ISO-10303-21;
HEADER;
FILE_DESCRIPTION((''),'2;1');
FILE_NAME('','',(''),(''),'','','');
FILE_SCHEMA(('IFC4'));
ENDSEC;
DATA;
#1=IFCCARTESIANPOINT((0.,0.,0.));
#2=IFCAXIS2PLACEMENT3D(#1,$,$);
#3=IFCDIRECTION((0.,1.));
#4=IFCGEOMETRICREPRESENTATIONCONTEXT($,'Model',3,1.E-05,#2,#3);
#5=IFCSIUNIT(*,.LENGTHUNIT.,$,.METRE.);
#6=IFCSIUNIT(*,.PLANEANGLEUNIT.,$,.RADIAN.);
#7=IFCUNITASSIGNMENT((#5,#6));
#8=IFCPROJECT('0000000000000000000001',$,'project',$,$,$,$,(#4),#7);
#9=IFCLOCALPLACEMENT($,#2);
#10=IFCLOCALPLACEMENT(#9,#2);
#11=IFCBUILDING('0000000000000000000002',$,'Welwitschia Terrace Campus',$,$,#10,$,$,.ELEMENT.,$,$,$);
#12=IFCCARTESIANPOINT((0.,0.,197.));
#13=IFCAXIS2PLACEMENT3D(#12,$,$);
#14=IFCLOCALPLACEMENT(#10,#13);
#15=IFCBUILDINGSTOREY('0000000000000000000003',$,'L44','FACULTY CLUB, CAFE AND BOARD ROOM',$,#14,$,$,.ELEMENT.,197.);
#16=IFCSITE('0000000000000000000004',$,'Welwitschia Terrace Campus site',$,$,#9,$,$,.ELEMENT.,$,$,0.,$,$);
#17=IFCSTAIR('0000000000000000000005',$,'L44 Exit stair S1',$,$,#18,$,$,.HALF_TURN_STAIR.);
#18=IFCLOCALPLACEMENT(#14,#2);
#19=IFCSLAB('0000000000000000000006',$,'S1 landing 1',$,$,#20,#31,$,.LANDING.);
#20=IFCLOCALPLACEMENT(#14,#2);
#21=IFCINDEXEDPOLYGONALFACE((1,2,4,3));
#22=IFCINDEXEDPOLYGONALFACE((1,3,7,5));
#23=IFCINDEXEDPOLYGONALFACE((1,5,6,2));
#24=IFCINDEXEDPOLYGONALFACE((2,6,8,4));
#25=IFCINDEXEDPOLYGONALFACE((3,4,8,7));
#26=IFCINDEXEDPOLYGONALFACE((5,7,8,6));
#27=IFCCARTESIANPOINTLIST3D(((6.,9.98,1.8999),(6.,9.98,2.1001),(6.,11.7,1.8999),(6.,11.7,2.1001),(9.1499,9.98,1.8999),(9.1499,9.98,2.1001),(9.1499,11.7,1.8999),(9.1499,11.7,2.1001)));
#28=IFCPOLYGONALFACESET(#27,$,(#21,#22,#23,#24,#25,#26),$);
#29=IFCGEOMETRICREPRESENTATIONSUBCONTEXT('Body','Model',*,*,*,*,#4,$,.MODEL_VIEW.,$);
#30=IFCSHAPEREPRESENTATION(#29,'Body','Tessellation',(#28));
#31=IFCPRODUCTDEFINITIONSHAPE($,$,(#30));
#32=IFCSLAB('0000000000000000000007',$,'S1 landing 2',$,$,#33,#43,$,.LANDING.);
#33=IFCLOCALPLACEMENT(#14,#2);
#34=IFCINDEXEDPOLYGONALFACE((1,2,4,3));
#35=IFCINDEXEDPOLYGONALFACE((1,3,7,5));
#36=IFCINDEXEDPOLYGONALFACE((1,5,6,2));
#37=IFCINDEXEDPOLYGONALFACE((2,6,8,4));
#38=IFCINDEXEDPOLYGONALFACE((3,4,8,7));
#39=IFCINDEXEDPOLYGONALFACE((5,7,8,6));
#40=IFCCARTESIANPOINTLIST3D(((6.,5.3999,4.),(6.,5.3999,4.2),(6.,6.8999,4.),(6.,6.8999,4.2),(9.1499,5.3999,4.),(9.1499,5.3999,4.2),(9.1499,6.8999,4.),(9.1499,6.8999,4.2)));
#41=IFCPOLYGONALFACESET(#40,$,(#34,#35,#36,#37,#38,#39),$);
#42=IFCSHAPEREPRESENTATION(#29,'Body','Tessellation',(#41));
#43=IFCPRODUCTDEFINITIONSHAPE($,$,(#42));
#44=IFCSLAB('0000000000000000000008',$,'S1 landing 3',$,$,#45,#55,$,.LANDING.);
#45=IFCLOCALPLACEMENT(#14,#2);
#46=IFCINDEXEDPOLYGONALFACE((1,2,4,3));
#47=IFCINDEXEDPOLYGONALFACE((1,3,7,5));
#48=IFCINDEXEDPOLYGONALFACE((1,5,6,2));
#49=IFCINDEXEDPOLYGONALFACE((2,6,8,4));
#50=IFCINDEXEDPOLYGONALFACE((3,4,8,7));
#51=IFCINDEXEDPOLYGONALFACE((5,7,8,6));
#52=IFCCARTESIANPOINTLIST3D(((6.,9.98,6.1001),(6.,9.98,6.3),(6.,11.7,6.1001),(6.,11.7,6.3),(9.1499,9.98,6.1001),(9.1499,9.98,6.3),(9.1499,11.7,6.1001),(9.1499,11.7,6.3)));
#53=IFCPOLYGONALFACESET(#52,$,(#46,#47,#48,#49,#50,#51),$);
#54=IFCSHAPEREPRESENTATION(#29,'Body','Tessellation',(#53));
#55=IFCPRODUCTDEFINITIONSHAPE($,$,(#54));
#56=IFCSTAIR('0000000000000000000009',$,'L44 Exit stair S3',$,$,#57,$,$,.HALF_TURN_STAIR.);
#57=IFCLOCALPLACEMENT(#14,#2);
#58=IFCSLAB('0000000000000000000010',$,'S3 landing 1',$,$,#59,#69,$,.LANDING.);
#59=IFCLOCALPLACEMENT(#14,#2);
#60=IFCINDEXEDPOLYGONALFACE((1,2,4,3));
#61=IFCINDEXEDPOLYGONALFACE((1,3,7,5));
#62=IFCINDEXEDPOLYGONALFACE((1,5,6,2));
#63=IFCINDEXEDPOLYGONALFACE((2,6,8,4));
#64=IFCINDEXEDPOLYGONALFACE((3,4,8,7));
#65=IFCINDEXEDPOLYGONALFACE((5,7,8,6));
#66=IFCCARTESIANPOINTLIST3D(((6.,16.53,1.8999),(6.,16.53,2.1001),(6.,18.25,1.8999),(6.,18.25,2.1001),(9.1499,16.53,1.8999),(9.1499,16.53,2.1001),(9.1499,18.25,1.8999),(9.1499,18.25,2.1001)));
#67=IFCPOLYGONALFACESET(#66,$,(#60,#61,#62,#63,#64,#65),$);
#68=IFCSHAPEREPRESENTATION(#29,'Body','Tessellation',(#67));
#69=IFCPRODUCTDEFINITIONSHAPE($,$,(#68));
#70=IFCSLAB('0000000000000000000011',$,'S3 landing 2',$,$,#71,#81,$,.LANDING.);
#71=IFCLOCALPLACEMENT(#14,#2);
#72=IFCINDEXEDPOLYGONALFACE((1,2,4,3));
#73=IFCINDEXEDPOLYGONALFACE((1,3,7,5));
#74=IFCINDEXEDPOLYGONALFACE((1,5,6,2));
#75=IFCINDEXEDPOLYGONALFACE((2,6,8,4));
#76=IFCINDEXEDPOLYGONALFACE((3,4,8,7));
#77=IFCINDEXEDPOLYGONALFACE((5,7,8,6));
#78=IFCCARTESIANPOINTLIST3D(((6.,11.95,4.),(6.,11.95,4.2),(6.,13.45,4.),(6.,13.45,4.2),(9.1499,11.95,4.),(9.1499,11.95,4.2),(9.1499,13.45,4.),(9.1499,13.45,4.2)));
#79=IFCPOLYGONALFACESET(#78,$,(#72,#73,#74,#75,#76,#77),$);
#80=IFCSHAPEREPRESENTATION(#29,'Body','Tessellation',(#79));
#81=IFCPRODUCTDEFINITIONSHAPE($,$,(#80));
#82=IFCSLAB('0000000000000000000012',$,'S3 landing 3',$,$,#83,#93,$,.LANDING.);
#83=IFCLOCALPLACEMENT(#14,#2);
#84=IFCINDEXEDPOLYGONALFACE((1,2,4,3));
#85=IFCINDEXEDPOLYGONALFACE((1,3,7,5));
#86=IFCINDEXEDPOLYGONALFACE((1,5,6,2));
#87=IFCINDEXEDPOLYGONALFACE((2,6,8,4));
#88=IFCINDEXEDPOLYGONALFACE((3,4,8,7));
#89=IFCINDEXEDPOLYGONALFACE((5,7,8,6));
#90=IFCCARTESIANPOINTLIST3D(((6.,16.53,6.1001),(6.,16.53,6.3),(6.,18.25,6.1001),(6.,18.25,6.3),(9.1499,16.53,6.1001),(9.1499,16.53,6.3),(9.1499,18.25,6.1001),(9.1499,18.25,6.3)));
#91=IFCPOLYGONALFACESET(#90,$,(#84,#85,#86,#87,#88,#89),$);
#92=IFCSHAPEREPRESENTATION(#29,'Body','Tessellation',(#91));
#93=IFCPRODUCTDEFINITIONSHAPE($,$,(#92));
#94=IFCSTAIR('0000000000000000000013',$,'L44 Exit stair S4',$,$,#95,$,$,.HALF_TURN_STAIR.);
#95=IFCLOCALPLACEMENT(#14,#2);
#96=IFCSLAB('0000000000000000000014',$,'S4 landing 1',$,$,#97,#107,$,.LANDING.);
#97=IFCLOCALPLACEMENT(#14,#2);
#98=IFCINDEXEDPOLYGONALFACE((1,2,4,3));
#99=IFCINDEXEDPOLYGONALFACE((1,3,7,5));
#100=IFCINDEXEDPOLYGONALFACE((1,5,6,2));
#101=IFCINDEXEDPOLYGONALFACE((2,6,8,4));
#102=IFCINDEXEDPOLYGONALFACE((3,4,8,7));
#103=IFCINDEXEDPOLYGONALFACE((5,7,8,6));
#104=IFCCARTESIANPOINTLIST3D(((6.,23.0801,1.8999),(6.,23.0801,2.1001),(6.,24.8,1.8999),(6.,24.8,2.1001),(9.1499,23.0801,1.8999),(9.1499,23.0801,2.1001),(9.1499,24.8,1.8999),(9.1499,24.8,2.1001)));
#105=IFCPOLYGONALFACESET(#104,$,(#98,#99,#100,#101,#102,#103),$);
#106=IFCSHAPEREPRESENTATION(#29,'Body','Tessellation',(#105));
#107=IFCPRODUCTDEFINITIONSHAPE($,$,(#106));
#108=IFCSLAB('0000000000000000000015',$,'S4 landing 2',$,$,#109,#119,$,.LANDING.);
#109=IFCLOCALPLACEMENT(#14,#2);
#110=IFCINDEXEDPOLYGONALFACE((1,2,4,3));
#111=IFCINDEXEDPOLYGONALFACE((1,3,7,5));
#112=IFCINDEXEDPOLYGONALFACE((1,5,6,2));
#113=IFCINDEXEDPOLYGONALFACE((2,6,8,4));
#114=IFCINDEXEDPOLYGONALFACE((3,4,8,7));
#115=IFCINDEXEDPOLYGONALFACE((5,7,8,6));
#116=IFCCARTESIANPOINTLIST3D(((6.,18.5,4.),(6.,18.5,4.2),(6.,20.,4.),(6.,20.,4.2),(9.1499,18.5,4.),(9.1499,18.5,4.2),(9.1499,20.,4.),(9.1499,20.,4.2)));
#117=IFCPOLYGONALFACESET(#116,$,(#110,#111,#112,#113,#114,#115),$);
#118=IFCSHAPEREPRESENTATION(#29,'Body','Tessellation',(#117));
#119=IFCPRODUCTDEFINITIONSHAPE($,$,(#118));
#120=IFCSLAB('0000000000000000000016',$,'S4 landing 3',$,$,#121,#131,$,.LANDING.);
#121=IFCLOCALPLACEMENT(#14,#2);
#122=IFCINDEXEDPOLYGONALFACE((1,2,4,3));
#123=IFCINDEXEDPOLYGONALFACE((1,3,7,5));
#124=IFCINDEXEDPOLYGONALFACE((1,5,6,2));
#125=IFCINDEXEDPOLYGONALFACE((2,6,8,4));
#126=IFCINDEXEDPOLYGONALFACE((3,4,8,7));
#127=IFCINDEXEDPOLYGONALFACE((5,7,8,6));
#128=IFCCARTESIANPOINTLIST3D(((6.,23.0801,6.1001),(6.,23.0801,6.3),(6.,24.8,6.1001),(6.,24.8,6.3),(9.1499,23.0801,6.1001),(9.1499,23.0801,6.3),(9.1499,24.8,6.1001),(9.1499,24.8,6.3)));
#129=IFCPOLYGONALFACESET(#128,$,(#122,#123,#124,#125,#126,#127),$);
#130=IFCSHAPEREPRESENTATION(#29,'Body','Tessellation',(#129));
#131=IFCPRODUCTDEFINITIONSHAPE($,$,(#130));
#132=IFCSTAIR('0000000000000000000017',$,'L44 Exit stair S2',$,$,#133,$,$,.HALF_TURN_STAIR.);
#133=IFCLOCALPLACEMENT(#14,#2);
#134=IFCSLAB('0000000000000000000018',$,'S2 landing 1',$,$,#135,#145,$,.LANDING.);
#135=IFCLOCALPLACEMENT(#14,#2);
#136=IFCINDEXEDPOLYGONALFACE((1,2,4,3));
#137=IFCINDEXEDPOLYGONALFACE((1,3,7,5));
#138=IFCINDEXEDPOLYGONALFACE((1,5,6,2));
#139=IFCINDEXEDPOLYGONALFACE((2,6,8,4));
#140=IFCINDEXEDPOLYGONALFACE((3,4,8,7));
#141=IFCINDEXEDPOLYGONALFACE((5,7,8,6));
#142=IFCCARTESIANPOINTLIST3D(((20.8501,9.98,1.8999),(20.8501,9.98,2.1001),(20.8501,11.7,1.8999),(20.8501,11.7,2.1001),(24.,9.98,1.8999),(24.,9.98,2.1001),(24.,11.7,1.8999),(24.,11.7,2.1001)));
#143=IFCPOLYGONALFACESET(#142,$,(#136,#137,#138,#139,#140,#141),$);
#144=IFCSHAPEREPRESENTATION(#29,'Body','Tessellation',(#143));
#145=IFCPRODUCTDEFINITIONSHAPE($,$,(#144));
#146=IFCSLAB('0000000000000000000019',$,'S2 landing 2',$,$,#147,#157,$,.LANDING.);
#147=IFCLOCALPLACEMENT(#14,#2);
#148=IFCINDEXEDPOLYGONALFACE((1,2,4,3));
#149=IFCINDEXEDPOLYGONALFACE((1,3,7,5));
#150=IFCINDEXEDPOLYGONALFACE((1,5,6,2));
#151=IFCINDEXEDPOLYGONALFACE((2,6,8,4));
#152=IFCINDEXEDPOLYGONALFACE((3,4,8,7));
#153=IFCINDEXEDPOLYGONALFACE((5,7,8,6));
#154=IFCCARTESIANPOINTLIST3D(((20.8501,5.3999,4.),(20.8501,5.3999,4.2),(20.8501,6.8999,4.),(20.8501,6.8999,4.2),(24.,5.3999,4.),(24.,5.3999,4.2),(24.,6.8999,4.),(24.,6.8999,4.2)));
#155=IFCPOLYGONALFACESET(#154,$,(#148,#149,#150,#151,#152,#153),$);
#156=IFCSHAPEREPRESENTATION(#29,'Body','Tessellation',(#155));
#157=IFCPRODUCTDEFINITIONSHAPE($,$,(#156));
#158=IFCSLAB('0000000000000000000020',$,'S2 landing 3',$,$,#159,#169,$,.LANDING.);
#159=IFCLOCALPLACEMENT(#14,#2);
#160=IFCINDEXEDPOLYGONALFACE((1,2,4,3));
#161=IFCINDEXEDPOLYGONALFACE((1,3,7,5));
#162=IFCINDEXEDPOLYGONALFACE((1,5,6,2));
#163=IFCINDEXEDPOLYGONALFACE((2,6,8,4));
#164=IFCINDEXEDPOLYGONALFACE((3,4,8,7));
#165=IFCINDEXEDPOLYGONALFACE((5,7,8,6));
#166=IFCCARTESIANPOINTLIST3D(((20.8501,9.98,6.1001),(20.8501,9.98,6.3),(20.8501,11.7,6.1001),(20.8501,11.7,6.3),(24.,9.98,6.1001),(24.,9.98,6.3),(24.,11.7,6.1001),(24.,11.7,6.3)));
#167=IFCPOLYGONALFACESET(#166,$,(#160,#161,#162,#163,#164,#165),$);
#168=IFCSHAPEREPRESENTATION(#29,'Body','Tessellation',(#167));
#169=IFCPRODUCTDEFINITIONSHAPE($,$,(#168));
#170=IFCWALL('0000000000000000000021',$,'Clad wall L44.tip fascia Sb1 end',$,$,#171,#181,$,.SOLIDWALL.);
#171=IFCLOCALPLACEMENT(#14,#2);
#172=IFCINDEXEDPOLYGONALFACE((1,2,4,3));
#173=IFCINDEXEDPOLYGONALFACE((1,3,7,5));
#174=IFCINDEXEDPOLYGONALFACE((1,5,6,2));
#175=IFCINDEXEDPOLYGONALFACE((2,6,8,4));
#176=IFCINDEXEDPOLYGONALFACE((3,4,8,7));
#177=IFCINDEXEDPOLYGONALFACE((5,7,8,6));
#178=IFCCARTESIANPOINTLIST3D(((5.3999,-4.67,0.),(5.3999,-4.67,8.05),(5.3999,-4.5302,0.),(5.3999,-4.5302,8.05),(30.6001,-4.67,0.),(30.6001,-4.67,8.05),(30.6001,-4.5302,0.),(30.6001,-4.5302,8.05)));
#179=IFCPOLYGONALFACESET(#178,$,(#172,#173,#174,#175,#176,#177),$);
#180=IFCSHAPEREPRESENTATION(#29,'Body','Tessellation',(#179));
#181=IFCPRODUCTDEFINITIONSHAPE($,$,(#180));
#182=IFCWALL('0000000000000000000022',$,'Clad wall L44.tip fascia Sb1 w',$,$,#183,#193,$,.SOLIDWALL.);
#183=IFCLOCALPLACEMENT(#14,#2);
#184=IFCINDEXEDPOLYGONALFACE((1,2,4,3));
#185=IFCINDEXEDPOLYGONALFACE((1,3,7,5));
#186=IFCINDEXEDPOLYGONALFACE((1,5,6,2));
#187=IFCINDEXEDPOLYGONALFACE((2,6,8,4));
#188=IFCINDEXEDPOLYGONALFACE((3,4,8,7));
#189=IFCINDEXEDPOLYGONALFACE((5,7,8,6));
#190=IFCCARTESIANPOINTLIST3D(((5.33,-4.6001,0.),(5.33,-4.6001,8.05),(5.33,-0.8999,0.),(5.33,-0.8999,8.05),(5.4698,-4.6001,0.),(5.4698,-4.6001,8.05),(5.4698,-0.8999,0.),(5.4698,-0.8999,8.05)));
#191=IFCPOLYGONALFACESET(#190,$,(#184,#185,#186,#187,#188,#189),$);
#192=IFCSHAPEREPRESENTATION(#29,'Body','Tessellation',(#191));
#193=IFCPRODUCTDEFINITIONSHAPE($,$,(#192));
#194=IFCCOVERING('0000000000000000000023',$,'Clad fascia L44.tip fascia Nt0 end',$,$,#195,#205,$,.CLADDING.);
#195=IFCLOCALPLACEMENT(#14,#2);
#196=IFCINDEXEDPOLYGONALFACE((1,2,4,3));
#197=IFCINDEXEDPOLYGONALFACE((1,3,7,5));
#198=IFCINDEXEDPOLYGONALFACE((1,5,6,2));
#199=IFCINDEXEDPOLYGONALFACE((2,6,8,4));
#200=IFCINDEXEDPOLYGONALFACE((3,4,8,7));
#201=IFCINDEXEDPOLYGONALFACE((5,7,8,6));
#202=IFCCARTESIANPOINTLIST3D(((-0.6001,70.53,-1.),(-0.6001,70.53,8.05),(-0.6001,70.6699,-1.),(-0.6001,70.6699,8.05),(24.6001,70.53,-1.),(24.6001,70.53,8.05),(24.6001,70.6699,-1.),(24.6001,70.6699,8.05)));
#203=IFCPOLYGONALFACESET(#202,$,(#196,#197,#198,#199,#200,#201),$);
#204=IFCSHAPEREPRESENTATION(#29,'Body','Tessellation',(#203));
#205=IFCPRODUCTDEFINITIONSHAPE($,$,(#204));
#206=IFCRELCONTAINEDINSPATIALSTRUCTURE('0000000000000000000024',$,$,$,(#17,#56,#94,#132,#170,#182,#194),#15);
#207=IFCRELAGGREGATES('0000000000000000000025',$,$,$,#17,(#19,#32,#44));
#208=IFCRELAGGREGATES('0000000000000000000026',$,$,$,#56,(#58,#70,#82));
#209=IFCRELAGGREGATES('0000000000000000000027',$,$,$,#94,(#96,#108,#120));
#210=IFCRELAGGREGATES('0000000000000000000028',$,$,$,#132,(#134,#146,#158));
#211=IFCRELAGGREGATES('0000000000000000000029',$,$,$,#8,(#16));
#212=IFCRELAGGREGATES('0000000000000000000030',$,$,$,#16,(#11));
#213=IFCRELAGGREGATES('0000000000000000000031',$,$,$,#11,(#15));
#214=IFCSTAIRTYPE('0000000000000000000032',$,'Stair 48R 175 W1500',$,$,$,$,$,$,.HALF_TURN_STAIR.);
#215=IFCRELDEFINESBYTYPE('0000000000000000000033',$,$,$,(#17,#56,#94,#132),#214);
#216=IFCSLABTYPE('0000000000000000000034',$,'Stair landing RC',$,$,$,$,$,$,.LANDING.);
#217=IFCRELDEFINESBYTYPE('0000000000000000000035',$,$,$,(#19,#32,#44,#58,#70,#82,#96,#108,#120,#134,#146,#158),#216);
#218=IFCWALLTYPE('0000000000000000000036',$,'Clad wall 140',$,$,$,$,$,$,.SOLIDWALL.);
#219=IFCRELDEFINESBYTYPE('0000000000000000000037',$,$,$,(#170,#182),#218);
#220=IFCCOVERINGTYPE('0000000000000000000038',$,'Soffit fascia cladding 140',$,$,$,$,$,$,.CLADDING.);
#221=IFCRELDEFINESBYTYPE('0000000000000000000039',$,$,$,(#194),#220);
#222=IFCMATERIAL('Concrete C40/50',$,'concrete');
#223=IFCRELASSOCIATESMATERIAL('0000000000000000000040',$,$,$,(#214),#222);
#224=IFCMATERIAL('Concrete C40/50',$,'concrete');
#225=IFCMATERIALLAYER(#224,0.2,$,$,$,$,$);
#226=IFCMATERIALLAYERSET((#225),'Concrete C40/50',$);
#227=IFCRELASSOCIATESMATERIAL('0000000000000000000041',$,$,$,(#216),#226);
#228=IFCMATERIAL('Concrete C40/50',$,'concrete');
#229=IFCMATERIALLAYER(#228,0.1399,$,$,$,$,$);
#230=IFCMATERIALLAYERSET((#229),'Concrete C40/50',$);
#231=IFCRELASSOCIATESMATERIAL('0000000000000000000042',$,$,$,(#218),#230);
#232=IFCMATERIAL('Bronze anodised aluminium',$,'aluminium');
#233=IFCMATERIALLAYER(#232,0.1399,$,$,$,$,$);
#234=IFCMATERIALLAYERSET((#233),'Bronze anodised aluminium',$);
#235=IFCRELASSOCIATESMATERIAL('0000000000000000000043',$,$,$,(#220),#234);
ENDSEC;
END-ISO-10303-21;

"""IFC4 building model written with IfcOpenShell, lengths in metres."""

from ifc_helpers import new_model, si_unit, direction, frame, frame_2d, origin, place, context, subcontext, project, spatial, polyline, rectangle, outline, extrude, material, layer, layer_set, type_object, element, aggregate, save


model = new_model("IFC4")

# Units and contexts
model_context = context("Model", 3, precision=1e-05, world=origin(), true_north=direction((0.0, 1.0)))
body_context = subcontext(model_context, "Body", "Model", "MODEL_VIEW")
ifc_project = project(units=[si_unit("LENGTHUNIT", "METRE"), si_unit("PLANEANGLEUNIT", "RADIAN")], contexts=[model_context])

# Site, building, storey
site_placement = place(None, origin())
site = spatial("IfcSite", under=ifc_project, at=site_placement, Name="Welwitschia Terrace Campus site", CompositionType="ELEMENT", RefElevation=0.0)
building_placement = place(site_placement, origin())
building = spatial("IfcBuilding", under=site, at=building_placement, Name="Welwitschia Terrace Campus", CompositionType="ELEMENT")
storey_placement = place(building_placement, frame((0.0, 0.0, 197.0)))
storey = spatial("IfcBuildingStorey", under=building, at=storey_placement, Name="L44", Description="FACULTY CLUB, CAFE AND BOARD ROOM", CompositionType="ELEMENT", Elevation=197.0)

# Stairs, slabs
ifc_material_1 = material(Name="Concrete C40/50", Category="concrete")
stair_type = type_object("IfcStairType", Name="Stair 48R 175 W1500", PredefinedType="HALF_TURN_STAIR", material=ifc_material_1)
stair_1_placement = place(storey_placement, origin())
stair_1 = element("IfcStair", 1, at=stair_1_placement, inside=storey, type_object=stair_type, Name="L44 Exit stair S1", PredefinedType="HALF_TURN_STAIR")
ifc_material_2 = material(Name="Concrete C40/50", Category="concrete")
ifc_layer_1 = layer(ifc_material_2, 0.2)
ifc_layer_set_1 = layer_set([ifc_layer_1], Name="Concrete C40/50")
slab_type_1 = type_object("IfcSlabType", Name="Stair landing RC", PredefinedType="LANDING", material=ifc_layer_set_1)
slab_1_placement = place(storey_placement, frame((0.0, 0.0, 1.8999)))
slab_1 = element("IfcSlab", 2, at=slab_1_placement, type_object=slab_type_1, Name="S1 landing 1", PredefinedType="LANDING", context=body_context, shape_type="SweptSolid", body=[
    extrude(outline(polyline([(9.1499, 9.98), (9.1499, 11.7), (6.0, 11.7), (6.0, 9.98), (9.1499, 9.98)])), origin(), (0.0, 0.0, 1.0), 0.2002),
])
slab_2_placement = place(storey_placement, frame((0.0, 0.0, 4.0)))
slab_2 = element("IfcSlab", 3, at=slab_2_placement, type_object=slab_type_1, Name="S1 landing 2", PredefinedType="LANDING", context=body_context, shape_type="SweptSolid", body=[
    extrude(outline(polyline([(9.1499, 5.3999), (9.1499, 6.8999), (6.0, 6.8999), (6.0, 5.3999), (9.1499, 5.3999)])), origin(), (0.0, 0.0, 1.0), 0.2),
])
slab_3_placement = place(storey_placement, frame((0.0, 0.0, 6.1001)))
slab_3 = element("IfcSlab", 4, at=slab_3_placement, type_object=slab_type_1, Name="S1 landing 3", PredefinedType="LANDING", context=body_context, shape_type="SweptSolid", body=[
    extrude(outline(polyline([(9.1499, 9.98), (9.1499, 11.7), (6.0, 11.7), (6.0, 9.98), (9.1499, 9.98)])), origin(), (0.0, 0.0, 1.0), 0.2),
])
aggregate(stair_1, [slab_1, slab_2, slab_3])
stair_2_placement = place(storey_placement, origin())
stair_2 = element("IfcStair", 5, at=stair_2_placement, inside=storey, type_object=stair_type, Name="L44 Exit stair S3", PredefinedType="HALF_TURN_STAIR")
slab_4_placement = place(storey_placement, frame((0.0, 0.0, 1.8999)))
slab_4 = element("IfcSlab", 6, at=slab_4_placement, type_object=slab_type_1, Name="S3 landing 1", PredefinedType="LANDING", context=body_context, shape_type="SweptSolid", body=[
    extrude(outline(polyline([(9.1499, 16.53), (9.1499, 18.25), (6.0, 18.25), (6.0, 16.53), (9.1499, 16.53)])), origin(), (0.0, 0.0, 1.0), 0.2002),
])
slab_5_placement = place(storey_placement, frame((0.0, 0.0, 4.0)))
slab_5 = element("IfcSlab", 7, at=slab_5_placement, type_object=slab_type_1, Name="S3 landing 2", PredefinedType="LANDING", context=body_context, shape_type="SweptSolid", body=[
    extrude(outline(polyline([(9.1499, 11.95), (9.1499, 13.45), (6.0, 13.45), (6.0, 11.95), (9.1499, 11.95)])), origin(), (0.0, 0.0, 1.0), 0.2),
])
slab_6_placement = place(storey_placement, frame((0.0, 0.0, 6.1001)))
slab_6 = element("IfcSlab", 8, at=slab_6_placement, type_object=slab_type_1, Name="S3 landing 3", PredefinedType="LANDING", context=body_context, shape_type="SweptSolid", body=[
    extrude(outline(polyline([(9.1499, 16.53), (9.1499, 18.25), (6.0, 18.25), (6.0, 16.53), (9.1499, 16.53)])), origin(), (0.0, 0.0, 1.0), 0.2),
])
aggregate(stair_2, [slab_4, slab_5, slab_6])
stair_3_placement = place(storey_placement, origin())
stair_3 = element("IfcStair", 9, at=stair_3_placement, inside=storey, type_object=stair_type, Name="L44 Exit stair S4", PredefinedType="HALF_TURN_STAIR")
slab_7_placement = place(storey_placement, frame((0.0, 0.0, 1.8999)))
slab_7 = element("IfcSlab", 10, at=slab_7_placement, type_object=slab_type_1, Name="S4 landing 1", PredefinedType="LANDING", context=body_context, shape_type="SweptSolid", body=[
    extrude(outline(polyline([(9.1499, 23.0801), (9.1499, 24.8), (6.0, 24.8), (6.0, 23.0801), (9.1499, 23.0801)])), origin(), (0.0, 0.0, 1.0), 0.2002),
])
slab_8_placement = place(storey_placement, frame((0.0, 0.0, 4.0)))
slab_8 = element("IfcSlab", 11, at=slab_8_placement, type_object=slab_type_1, Name="S4 landing 2", PredefinedType="LANDING", context=body_context, shape_type="SweptSolid", body=[
    extrude(outline(polyline([(9.1499, 18.5), (9.1499, 20.0), (6.0, 20.0), (6.0, 18.5), (9.1499, 18.5)])), origin(), (0.0, 0.0, 1.0), 0.2),
])
slab_9_placement = place(storey_placement, frame((0.0, 0.0, 6.1001)))
slab_9 = element("IfcSlab", 12, at=slab_9_placement, type_object=slab_type_1, Name="S4 landing 3", PredefinedType="LANDING", context=body_context, shape_type="SweptSolid", body=[
    extrude(outline(polyline([(9.1499, 23.0801), (9.1499, 24.8), (6.0, 24.8), (6.0, 23.0801), (9.1499, 23.0801)])), origin(), (0.0, 0.0, 1.0), 0.2),
])
aggregate(stair_3, [slab_7, slab_8, slab_9])
stair_4_placement = place(storey_placement, origin())
stair_4 = element("IfcStair", 13, at=stair_4_placement, inside=storey, type_object=stair_type, Name="L44 Exit stair S2", PredefinedType="HALF_TURN_STAIR")
slab_10_placement = place(storey_placement, frame((0.0, 0.0, 1.8999)))
slab_10 = element("IfcSlab", 14, at=slab_10_placement, type_object=slab_type_1, Name="S2 landing 1", PredefinedType="LANDING", context=body_context, shape_type="SweptSolid", body=[
    extrude(outline(polyline([(24.0, 9.98), (24.0, 11.7), (20.8501, 11.7), (20.8501, 9.98), (24.0, 9.98)])), origin(), (0.0, 0.0, 1.0), 0.2002),
])
slab_11_placement = place(storey_placement, frame((0.0, 0.0, 4.0)))
slab_11 = element("IfcSlab", 15, at=slab_11_placement, type_object=slab_type_1, Name="S2 landing 2", PredefinedType="LANDING", context=body_context, shape_type="SweptSolid", body=[
    extrude(outline(polyline([(24.0, 5.3999), (24.0, 6.8999), (20.8501, 6.8999), (20.8501, 5.3999), (24.0, 5.3999)])), origin(), (0.0, 0.0, 1.0), 0.2),
])
slab_12_placement = place(storey_placement, frame((0.0, 0.0, 6.1001)))
slab_12 = element("IfcSlab", 16, at=slab_12_placement, type_object=slab_type_1, Name="S2 landing 3", PredefinedType="LANDING", context=body_context, shape_type="SweptSolid", body=[
    extrude(outline(polyline([(24.0, 9.98), (24.0, 11.7), (20.8501, 11.7), (20.8501, 9.98), (24.0, 9.98)])), origin(), (0.0, 0.0, 1.0), 0.2),
])
aggregate(stair_4, [slab_10, slab_11, slab_12])

# Walls
ifc_material_3 = material(Name="Concrete C40/50", Category="concrete")
ifc_layer_2 = layer(ifc_material_3, 0.1399)
ifc_layer_set_2 = layer_set([ifc_layer_2], Name="Concrete C40/50")
wall_type = type_object("IfcWallType", Name="Clad wall 140", PredefinedType="SOLIDWALL", material=ifc_layer_set_2)
wall_1_placement = place(storey_placement, frame((5.3999, -4.6001, 0.0), z_axis=(0.0, 0.0, 1.0), x_axis=(1.0, 0.0, 0.0)))
element("IfcWall", 17, at=wall_1_placement, inside=storey, type_object=wall_type, Name="Clad wall L44.tip fascia Sb1 end", PredefinedType="SOLIDWALL", context=body_context, shape_type="SweptSolid", body=[
    extrude(rectangle(XDim=25.2002, YDim=0.1399, at=frame_2d((12.6001, 0.0))), origin(), (0.0, 0.0, 1.0), 8.05),
])
wall_2_placement = place(storey_placement, frame((5.3999, -0.8999, 0.0), z_axis=(0.0, 0.0, 1.0), x_axis=(0.0, -1.0, 0.0)))
element("IfcWall", 18, at=wall_2_placement, inside=storey, type_object=wall_type, Name="Clad wall L44.tip fascia Sb1 w", PredefinedType="SOLIDWALL", context=body_context, shape_type="SweptSolid", body=[
    extrude(rectangle(XDim=3.7002, YDim=0.1399, at=frame_2d((1.8501, 0.0))), origin(), (0.0, 0.0, 1.0), 8.05),
])

# Covering
ifc_material_4 = material(Name="Bronze anodised aluminium", Category="aluminium")
ifc_layer_3 = layer(ifc_material_4, 0.1399)
ifc_layer_set_3 = layer_set([ifc_layer_3], Name="Bronze anodised aluminium")
covering_type_1 = type_object("IfcCoveringType", Name="Soffit fascia cladding 140", PredefinedType="CLADDING", material=ifc_layer_set_3)
covering_1_placement = place(storey_placement, frame((0.0, 0.0, -1.0)))
element("IfcCovering", 19, at=covering_1_placement, inside=storey, type_object=covering_type_1, Name="Clad fascia L44.tip fascia Nt0 end", PredefinedType="CLADDING", context=body_context, shape_type="SweptSolid", body=[
    extrude(outline(polyline([(24.6001, 70.6699), (-0.6001, 70.6699), (-0.6001, 70.53), (24.6001, 70.53), (24.6001, 70.6699)])), origin(), (0.0, 0.0, 1.0), 9.05),
])

save(model, "model.ifc")
